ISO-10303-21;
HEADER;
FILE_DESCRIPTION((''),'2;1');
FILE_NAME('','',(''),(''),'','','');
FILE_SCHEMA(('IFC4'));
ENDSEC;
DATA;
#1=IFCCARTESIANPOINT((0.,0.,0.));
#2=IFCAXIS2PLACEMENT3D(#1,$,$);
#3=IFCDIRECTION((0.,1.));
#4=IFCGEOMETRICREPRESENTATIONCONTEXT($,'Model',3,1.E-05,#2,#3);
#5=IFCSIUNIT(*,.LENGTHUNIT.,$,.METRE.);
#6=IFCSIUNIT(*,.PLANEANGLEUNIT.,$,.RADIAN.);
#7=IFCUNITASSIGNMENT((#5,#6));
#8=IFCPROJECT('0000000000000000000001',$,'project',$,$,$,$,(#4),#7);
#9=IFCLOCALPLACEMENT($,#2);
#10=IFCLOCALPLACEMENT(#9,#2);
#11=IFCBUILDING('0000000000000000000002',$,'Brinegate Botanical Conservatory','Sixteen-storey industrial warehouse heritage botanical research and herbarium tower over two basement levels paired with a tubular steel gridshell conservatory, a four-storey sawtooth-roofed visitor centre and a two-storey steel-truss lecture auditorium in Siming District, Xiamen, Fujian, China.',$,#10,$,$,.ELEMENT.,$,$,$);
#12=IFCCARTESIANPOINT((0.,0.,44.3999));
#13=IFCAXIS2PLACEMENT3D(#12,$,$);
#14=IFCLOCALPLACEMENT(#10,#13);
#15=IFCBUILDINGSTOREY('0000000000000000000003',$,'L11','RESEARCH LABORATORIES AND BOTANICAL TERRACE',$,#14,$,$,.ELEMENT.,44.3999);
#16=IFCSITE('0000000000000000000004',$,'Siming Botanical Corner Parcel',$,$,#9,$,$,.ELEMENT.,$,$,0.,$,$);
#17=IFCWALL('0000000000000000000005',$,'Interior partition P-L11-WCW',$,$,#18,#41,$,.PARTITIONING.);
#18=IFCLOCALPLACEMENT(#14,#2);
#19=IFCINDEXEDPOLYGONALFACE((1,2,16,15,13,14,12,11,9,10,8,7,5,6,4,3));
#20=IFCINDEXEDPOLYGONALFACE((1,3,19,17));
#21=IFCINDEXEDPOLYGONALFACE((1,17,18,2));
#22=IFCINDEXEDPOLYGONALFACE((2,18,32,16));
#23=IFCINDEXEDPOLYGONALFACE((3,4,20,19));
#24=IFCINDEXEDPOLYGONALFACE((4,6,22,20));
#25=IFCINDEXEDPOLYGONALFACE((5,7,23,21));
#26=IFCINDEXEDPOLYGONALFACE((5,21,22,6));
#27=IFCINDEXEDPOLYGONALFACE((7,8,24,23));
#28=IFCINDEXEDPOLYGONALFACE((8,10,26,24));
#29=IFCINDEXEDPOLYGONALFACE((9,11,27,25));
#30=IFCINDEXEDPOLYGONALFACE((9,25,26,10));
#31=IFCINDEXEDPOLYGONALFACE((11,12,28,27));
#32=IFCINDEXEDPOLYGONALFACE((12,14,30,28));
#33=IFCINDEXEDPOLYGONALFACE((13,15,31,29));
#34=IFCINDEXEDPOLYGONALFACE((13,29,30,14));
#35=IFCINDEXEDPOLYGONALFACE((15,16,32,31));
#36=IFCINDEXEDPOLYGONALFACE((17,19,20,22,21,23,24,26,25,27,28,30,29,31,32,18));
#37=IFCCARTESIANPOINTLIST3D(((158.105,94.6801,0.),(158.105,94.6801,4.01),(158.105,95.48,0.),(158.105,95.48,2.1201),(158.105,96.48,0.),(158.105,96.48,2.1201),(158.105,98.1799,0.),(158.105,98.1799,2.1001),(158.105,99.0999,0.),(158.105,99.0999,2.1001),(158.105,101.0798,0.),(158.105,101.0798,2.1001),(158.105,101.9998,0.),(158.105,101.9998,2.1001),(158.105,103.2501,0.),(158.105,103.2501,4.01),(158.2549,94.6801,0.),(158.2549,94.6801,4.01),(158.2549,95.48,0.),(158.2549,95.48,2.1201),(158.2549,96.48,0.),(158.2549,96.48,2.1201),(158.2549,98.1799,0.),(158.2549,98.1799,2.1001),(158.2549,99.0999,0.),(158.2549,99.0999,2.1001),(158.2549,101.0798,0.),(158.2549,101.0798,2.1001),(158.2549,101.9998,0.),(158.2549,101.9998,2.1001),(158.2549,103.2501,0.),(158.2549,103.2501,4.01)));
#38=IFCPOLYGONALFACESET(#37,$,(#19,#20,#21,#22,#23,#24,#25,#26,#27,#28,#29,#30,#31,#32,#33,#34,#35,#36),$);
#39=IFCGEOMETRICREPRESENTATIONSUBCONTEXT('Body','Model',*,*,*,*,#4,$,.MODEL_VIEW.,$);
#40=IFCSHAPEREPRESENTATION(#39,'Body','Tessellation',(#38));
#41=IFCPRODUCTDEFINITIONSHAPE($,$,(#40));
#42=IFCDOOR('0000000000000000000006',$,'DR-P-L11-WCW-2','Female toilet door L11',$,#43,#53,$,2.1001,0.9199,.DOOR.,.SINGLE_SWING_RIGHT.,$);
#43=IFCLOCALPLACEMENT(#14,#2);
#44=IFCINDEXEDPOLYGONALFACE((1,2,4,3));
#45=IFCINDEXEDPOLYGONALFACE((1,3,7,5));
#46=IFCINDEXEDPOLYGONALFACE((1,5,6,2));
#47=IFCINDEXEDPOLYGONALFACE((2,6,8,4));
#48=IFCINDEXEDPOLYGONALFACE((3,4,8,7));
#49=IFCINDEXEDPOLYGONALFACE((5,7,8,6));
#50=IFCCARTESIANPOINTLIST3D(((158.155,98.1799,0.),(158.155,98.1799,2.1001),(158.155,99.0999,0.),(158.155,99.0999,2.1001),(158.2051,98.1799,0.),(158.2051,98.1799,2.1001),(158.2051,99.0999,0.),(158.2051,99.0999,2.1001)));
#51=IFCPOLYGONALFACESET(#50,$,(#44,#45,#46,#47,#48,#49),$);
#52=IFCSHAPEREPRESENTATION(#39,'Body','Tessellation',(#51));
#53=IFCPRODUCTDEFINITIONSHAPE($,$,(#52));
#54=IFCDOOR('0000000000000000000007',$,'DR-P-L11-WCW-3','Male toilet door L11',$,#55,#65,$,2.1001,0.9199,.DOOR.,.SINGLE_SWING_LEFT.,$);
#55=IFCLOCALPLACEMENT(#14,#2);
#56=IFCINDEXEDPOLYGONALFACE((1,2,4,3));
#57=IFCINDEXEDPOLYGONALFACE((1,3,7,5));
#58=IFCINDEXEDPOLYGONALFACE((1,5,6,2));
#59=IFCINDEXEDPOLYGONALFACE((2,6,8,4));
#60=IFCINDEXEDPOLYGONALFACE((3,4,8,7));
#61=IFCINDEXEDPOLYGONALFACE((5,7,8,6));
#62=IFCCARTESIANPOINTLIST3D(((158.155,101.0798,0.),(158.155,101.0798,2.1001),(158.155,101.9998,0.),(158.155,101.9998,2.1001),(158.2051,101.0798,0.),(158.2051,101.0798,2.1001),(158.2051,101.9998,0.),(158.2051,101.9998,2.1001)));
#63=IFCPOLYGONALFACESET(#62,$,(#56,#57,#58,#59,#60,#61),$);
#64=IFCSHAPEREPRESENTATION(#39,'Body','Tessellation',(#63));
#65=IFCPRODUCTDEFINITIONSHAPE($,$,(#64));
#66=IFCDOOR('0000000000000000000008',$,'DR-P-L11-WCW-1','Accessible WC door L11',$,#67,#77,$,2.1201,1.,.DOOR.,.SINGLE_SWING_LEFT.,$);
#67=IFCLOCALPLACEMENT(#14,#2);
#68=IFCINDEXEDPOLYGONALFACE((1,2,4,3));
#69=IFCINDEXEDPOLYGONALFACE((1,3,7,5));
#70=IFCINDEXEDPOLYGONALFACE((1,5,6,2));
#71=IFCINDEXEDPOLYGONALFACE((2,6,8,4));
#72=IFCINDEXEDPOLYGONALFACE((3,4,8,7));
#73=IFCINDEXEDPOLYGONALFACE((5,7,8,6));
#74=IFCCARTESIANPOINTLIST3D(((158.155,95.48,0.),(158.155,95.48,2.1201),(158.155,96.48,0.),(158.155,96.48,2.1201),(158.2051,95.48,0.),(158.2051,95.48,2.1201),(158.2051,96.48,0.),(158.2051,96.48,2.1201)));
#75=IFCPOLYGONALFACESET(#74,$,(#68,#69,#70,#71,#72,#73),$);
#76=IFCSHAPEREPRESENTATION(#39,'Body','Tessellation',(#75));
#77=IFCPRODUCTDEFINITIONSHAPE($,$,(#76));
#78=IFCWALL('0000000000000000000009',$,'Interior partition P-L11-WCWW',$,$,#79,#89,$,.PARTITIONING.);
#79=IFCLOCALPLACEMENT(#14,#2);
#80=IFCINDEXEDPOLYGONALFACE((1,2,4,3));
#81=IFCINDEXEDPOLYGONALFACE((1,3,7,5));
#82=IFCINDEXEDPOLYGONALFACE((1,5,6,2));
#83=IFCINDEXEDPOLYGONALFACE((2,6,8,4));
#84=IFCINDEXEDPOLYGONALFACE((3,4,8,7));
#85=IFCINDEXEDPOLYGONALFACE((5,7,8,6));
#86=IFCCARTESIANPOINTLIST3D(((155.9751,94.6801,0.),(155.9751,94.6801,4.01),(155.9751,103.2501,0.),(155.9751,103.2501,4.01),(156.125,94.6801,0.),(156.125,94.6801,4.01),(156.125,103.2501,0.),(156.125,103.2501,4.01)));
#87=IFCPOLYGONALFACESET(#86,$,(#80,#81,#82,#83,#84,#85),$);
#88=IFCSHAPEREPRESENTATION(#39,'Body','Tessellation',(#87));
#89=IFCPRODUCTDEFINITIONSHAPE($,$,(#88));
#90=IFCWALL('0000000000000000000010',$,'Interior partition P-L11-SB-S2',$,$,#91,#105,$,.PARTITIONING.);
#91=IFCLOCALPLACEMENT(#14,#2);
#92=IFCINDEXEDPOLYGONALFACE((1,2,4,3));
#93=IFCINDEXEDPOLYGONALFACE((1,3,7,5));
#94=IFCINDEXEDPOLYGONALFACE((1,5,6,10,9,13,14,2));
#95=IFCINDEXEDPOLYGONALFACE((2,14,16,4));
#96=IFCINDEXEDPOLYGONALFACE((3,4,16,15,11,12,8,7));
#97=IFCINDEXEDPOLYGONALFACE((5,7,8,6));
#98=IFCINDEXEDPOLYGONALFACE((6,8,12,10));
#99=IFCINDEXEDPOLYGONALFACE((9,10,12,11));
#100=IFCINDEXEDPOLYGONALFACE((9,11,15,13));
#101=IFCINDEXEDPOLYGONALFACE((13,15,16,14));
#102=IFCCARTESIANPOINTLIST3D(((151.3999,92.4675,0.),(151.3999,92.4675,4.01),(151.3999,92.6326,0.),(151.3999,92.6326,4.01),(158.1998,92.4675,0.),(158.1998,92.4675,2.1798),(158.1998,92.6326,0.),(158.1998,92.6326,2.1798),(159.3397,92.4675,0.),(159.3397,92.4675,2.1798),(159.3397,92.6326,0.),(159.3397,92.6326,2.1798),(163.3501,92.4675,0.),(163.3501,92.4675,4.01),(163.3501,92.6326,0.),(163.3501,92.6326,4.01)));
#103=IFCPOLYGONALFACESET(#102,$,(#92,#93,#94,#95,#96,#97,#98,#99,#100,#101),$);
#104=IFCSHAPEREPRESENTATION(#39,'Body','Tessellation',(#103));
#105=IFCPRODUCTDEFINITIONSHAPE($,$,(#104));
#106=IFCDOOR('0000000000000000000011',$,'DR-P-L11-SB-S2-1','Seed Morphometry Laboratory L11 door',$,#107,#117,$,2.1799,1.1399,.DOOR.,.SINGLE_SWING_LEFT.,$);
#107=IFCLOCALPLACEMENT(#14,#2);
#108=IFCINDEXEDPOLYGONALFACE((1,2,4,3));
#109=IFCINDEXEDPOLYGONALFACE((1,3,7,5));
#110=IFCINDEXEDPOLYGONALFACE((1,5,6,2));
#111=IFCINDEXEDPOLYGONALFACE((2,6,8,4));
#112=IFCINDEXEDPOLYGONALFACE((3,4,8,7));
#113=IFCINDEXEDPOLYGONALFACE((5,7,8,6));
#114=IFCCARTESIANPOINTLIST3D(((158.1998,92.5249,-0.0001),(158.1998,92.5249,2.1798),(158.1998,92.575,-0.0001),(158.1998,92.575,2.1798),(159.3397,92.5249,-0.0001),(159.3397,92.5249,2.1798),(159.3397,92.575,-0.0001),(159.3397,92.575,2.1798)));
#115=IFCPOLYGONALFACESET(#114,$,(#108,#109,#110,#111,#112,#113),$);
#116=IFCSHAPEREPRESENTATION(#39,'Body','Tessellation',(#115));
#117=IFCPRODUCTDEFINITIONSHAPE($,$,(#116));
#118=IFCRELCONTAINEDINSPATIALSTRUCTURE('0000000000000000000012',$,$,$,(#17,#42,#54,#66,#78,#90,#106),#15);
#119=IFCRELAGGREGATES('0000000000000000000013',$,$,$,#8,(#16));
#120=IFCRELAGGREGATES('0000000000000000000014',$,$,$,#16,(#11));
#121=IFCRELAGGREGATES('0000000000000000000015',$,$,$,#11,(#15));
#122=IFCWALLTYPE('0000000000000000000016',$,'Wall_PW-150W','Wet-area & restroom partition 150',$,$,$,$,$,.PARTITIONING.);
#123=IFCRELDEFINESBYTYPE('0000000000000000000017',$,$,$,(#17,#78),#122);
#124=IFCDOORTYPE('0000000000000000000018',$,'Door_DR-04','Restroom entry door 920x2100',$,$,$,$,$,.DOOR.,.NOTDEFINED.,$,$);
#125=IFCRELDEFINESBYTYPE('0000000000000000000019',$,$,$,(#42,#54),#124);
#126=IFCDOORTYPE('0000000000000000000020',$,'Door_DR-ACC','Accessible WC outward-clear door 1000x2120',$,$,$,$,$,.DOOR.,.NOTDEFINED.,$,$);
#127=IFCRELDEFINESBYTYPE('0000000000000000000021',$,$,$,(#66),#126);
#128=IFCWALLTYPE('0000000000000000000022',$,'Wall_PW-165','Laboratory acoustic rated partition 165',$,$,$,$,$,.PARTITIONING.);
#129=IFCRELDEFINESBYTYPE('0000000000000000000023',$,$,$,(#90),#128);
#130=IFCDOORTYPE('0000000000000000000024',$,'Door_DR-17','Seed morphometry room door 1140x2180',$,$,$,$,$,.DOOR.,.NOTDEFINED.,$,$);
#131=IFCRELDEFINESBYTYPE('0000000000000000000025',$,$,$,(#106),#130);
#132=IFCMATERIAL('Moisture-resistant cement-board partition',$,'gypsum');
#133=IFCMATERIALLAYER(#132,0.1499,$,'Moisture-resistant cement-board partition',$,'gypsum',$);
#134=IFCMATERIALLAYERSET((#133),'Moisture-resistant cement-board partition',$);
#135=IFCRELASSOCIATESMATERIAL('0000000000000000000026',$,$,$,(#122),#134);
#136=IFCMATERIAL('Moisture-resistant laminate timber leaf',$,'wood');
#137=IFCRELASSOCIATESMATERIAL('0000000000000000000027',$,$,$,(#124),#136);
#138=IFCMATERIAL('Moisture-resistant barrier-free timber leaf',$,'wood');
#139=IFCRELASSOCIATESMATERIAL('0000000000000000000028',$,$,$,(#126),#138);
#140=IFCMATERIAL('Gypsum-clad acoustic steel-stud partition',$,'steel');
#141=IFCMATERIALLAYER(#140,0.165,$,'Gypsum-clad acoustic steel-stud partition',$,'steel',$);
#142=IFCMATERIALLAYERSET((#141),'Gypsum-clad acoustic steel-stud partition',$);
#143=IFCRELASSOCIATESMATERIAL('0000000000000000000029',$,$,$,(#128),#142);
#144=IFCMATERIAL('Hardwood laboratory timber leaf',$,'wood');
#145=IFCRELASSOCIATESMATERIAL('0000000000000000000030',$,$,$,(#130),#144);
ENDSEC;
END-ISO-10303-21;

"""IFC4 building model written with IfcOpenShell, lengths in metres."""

from ifc_helpers import new_model, si_unit, direction, frame, frame_2d, origin, place, context, subcontext, project, spatial, rectangle, extrude, material, layer, layer_set, type_object, element, fill, save


model = new_model("IFC4")

# Units and contexts
model_context = context("Model", 3, precision=1e-05, world=origin(), true_north=direction((0.0, 1.0)))
body_context = subcontext(model_context, "Body", "Model", "MODEL_VIEW")
ifc_project = project(units=[si_unit("LENGTHUNIT", "METRE"), si_unit("PLANEANGLEUNIT", "RADIAN")], contexts=[model_context])

# Site, building, storey
site_placement = place(None, origin())
site = spatial("IfcSite", under=ifc_project, at=site_placement, Name="Siming Botanical Corner Parcel", CompositionType="ELEMENT", RefElevation=0.0)
building_placement = place(site_placement, origin())
building = spatial("IfcBuilding", under=site, at=building_placement, Name="Brinegate Botanical Conservatory", Description="Sixteen-storey industrial warehouse heritage botanical research and herbarium tower over two basement levels paired with a tubular steel gridshell conservatory, a four-storey sawtooth-roofed visitor centre and a two-storey steel-truss lecture auditorium in Siming District, Xiamen, Fujian, China.", CompositionType="ELEMENT")
storey_placement = place(building_placement, frame((0.0, 0.0, 44.3999)))
storey = spatial("IfcBuildingStorey", under=building, at=storey_placement, Name="L11", Description="RESEARCH LABORATORIES AND BOTANICAL TERRACE", CompositionType="ELEMENT", Elevation=44.3999)

# Shared definitions
ifc_material_1 = material(Name="Moisture-resistant cement-board partition", Category="gypsum")
ifc_layer_1 = layer(ifc_material_1, 0.1499, Name="Moisture-resistant cement-board partition", Category="gypsum")
ifc_layer_set_1 = layer_set([ifc_layer_1], Name="Moisture-resistant cement-board partition")
wall_type_1 = type_object("IfcWallType", Name="Wall_PW-150W", Description="Wet-area & restroom partition 150", PredefinedType="PARTITIONING", material=ifc_layer_set_1)

# Wall, openings, doors
wall_1_placement = place(storey_placement, frame((158.1799, 94.6799, 0.0), z_axis=(0.0, 0.0, 1.0), x_axis=(0.0, 1.0, 0.0)))
wall_1 = element("IfcWall", 1, at=wall_1_placement, inside=storey, type_object=wall_type_1, Name="Interior partition P-L11-WCW", PredefinedType="PARTITIONING", context=body_context, shape_type="SweptSolid", body=[
    extrude(rectangle(XDim=8.5701, YDim=0.1499, at=frame_2d((4.2852, 0.0))), origin(), (0.0, 0.0, 1.0), 4.01),
])
opening_1_placement = place(wall_1_placement, frame((0.8, 0.0, 0.0)))
opening_1 = element("IfcOpeningElement", 2, at=opening_1_placement, cuts=wall_1, PredefinedType="OPENING", context=body_context, shape_type="SweptSolid", body=[
    extrude(rectangle(XDim=1.0, YDim=2.1201, at=frame_2d((0.5, 1.0601))), frame((0.0, 0.085, 0.0), z_axis=(0.0, -1.0, 0.0), x_axis=(1.0, 0.0, 0.0)), (0.0, 0.0, 1.0), 0.1699),
])
opening_2_placement = place(wall_1_placement, frame((3.5, 0.0, 0.0)))
opening_2 = element("IfcOpeningElement", 3, at=opening_2_placement, cuts=wall_1, PredefinedType="OPENING", context=body_context, shape_type="SweptSolid", body=[
    extrude(rectangle(XDim=0.9199, YDim=2.1001, at=frame_2d((0.46, 1.05))), frame((0.0, 0.085, 0.0), z_axis=(0.0, -1.0, 0.0), x_axis=(1.0, 0.0, 0.0)), (0.0, 0.0, 1.0), 0.1699),
])
opening_3_placement = place(wall_1_placement, frame((6.3999, 0.0, 0.0)))
opening_3 = element("IfcOpeningElement", 4, at=opening_3_placement, cuts=wall_1, PredefinedType="OPENING", context=body_context, shape_type="SweptSolid", body=[
    extrude(rectangle(XDim=0.9199, YDim=2.1001, at=frame_2d((0.46, 1.05))), frame((0.0, 0.085, 0.0), z_axis=(0.0, -1.0, 0.0), x_axis=(1.0, 0.0, 0.0)), (0.0, 0.0, 1.0), 0.1699),
])
ifc_material_2 = material(Name="Moisture-resistant laminate timber leaf", Category="wood")
door_type_1 = type_object("IfcDoorType", Name="Door_DR-04", Description="Restroom entry door 920x2100", OperationType="NOTDEFINED", PredefinedType="DOOR", material=ifc_material_2)
door_1_placement = place(opening_2_placement, origin())
door_1 = element("IfcDoor", 5, at=door_1_placement, inside=storey, type_object=door_type_1, Name="DR-P-L11-WCW-2", Description="Female toilet door L11", OperationType="SINGLE_SWING_RIGHT", OverallHeight=2.1001, OverallWidth=0.9199, PredefinedType="DOOR", context=body_context, shape_type="SweptSolid", body=[
    extrude(rectangle(XDim=0.9199, YDim=2.1001, at=frame_2d((0.46, 1.05))), frame((0.0, 0.0249, 0.0), z_axis=(0.0, -1.0, 0.0), x_axis=(1.0, 0.0, 0.0)), (0.0, 0.0, 1.0), 0.05),
])
fill(opening_2, door_1)
door_2_placement = place(opening_3_placement, origin())
door_2 = element("IfcDoor", 6, at=door_2_placement, inside=storey, type_object=door_type_1, Name="DR-P-L11-WCW-3", Description="Male toilet door L11", OperationType="SINGLE_SWING_LEFT", OverallHeight=2.1001, OverallWidth=0.9199, PredefinedType="DOOR", context=body_context, shape_type="SweptSolid", body=[
    extrude(rectangle(XDim=0.9199, YDim=2.1001, at=frame_2d((0.46, 1.05))), frame((0.0, 0.0249, 0.0), z_axis=(0.0, -1.0, 0.0), x_axis=(1.0, 0.0, 0.0)), (0.0, 0.0, 1.0), 0.05),
])
fill(opening_3, door_2)
ifc_material_3 = material(Name="Moisture-resistant barrier-free timber leaf", Category="wood")
door_type_2 = type_object("IfcDoorType", Name="Door_DR-ACC", Description="Accessible WC outward-clear door 1000x2120", OperationType="NOTDEFINED", PredefinedType="DOOR", material=ifc_material_3)
door_3_placement = place(opening_1_placement, origin())
door_3 = element("IfcDoor", 7, at=door_3_placement, inside=storey, type_object=door_type_2, Name="DR-P-L11-WCW-1", Description="Accessible WC door L11", OperationType="SINGLE_SWING_LEFT", OverallHeight=2.1201, OverallWidth=1.0, PredefinedType="DOOR", context=body_context, shape_type="SweptSolid", body=[
    extrude(rectangle(XDim=1.0, YDim=2.1201, at=frame_2d((0.5, 1.0601))), frame((0.0, 0.0249, 0.0), z_axis=(0.0, -1.0, 0.0), x_axis=(1.0, 0.0, 0.0)), (0.0, 0.0, 1.0), 0.05),
])
fill(opening_1, door_3)

# Wall
wall_2_placement = place(storey_placement, frame((156.05, 94.6799, 0.0), z_axis=(0.0, 0.0, 1.0), x_axis=(0.0, 1.0, 0.0)))
element("IfcWall", 8, at=wall_2_placement, inside=storey, type_object=wall_type_1, Name="Interior partition P-L11-WCWW", PredefinedType="PARTITIONING", context=body_context, shape_type="SweptSolid", body=[
    extrude(rectangle(XDim=8.5701, YDim=0.1499, at=frame_2d((4.2852, 0.0))), origin(), (0.0, 0.0, 1.0), 4.01),
])

# Wall, opening, door
ifc_material_4 = material(Name="Gypsum-clad acoustic steel-stud partition", Category="steel")
ifc_layer_2 = layer(ifc_material_4, 0.165, Name="Gypsum-clad acoustic steel-stud partition", Category="steel")
ifc_layer_set_2 = layer_set([ifc_layer_2], Name="Gypsum-clad acoustic steel-stud partition")
wall_type_2 = type_object("IfcWallType", Name="Wall_PW-165", Description="Laboratory acoustic rated partition 165", PredefinedType="PARTITIONING", material=ifc_layer_set_2)
wall_3_placement = place(storey_placement, frame((151.3999, 92.55, 0.0), z_axis=(0.0, 0.0, 1.0), x_axis=(1.0, 0.0, 0.0)))
wall_3 = element("IfcWall", 9, at=wall_3_placement, inside=storey, type_object=wall_type_2, Name="Interior partition P-L11-SB-S2", PredefinedType="PARTITIONING", context=body_context, shape_type="SweptSolid", body=[
    extrude(rectangle(XDim=11.9502, YDim=0.165, at=frame_2d((5.9751, 0.0))), origin(), (0.0, 0.0, 1.0), 4.01),
])
opening_4_placement = place(wall_3_placement, frame((6.8, 0.0, 0.0)))
opening_4 = element("IfcOpeningElement", 10, at=opening_4_placement, cuts=wall_3, PredefinedType="OPENING", context=body_context, shape_type="SweptSolid", body=[
    extrude(rectangle(XDim=1.1399, YDim=2.1799, at=frame_2d((0.5698, 1.0898))), frame((0.0, 0.0925, 0.0), z_axis=(0.0, -1.0, 0.0), x_axis=(1.0, 0.0, 0.0)), (0.0, 0.0, 1.0), 0.1851),
])
ifc_material_5 = material(Name="Hardwood laboratory timber leaf", Category="wood")
door_type_3 = type_object("IfcDoorType", Name="Door_DR-17", Description="Seed morphometry room door 1140x2180", OperationType="NOTDEFINED", PredefinedType="DOOR", material=ifc_material_5)
door_4_placement = place(opening_4_placement, origin())
door_4 = element("IfcDoor", 11, at=door_4_placement, inside=storey, type_object=door_type_3, Name="DR-P-L11-SB-S2-1", Description="Seed Morphometry Laboratory L11 door", OperationType="SINGLE_SWING_LEFT", OverallHeight=2.1799, OverallWidth=1.1399, PredefinedType="DOOR", context=body_context, shape_type="SweptSolid", body=[
    extrude(rectangle(XDim=1.1399, YDim=2.1799, at=frame_2d((0.5698, 1.0898))), frame((0.0, 0.0249, 0.0), z_axis=(0.0, -1.0, 0.0), x_axis=(1.0, 0.0, 0.0)), (0.0, 0.0, 1.0), 0.05),
])
fill(opening_4, door_4)

save(model, "model.ifc")
